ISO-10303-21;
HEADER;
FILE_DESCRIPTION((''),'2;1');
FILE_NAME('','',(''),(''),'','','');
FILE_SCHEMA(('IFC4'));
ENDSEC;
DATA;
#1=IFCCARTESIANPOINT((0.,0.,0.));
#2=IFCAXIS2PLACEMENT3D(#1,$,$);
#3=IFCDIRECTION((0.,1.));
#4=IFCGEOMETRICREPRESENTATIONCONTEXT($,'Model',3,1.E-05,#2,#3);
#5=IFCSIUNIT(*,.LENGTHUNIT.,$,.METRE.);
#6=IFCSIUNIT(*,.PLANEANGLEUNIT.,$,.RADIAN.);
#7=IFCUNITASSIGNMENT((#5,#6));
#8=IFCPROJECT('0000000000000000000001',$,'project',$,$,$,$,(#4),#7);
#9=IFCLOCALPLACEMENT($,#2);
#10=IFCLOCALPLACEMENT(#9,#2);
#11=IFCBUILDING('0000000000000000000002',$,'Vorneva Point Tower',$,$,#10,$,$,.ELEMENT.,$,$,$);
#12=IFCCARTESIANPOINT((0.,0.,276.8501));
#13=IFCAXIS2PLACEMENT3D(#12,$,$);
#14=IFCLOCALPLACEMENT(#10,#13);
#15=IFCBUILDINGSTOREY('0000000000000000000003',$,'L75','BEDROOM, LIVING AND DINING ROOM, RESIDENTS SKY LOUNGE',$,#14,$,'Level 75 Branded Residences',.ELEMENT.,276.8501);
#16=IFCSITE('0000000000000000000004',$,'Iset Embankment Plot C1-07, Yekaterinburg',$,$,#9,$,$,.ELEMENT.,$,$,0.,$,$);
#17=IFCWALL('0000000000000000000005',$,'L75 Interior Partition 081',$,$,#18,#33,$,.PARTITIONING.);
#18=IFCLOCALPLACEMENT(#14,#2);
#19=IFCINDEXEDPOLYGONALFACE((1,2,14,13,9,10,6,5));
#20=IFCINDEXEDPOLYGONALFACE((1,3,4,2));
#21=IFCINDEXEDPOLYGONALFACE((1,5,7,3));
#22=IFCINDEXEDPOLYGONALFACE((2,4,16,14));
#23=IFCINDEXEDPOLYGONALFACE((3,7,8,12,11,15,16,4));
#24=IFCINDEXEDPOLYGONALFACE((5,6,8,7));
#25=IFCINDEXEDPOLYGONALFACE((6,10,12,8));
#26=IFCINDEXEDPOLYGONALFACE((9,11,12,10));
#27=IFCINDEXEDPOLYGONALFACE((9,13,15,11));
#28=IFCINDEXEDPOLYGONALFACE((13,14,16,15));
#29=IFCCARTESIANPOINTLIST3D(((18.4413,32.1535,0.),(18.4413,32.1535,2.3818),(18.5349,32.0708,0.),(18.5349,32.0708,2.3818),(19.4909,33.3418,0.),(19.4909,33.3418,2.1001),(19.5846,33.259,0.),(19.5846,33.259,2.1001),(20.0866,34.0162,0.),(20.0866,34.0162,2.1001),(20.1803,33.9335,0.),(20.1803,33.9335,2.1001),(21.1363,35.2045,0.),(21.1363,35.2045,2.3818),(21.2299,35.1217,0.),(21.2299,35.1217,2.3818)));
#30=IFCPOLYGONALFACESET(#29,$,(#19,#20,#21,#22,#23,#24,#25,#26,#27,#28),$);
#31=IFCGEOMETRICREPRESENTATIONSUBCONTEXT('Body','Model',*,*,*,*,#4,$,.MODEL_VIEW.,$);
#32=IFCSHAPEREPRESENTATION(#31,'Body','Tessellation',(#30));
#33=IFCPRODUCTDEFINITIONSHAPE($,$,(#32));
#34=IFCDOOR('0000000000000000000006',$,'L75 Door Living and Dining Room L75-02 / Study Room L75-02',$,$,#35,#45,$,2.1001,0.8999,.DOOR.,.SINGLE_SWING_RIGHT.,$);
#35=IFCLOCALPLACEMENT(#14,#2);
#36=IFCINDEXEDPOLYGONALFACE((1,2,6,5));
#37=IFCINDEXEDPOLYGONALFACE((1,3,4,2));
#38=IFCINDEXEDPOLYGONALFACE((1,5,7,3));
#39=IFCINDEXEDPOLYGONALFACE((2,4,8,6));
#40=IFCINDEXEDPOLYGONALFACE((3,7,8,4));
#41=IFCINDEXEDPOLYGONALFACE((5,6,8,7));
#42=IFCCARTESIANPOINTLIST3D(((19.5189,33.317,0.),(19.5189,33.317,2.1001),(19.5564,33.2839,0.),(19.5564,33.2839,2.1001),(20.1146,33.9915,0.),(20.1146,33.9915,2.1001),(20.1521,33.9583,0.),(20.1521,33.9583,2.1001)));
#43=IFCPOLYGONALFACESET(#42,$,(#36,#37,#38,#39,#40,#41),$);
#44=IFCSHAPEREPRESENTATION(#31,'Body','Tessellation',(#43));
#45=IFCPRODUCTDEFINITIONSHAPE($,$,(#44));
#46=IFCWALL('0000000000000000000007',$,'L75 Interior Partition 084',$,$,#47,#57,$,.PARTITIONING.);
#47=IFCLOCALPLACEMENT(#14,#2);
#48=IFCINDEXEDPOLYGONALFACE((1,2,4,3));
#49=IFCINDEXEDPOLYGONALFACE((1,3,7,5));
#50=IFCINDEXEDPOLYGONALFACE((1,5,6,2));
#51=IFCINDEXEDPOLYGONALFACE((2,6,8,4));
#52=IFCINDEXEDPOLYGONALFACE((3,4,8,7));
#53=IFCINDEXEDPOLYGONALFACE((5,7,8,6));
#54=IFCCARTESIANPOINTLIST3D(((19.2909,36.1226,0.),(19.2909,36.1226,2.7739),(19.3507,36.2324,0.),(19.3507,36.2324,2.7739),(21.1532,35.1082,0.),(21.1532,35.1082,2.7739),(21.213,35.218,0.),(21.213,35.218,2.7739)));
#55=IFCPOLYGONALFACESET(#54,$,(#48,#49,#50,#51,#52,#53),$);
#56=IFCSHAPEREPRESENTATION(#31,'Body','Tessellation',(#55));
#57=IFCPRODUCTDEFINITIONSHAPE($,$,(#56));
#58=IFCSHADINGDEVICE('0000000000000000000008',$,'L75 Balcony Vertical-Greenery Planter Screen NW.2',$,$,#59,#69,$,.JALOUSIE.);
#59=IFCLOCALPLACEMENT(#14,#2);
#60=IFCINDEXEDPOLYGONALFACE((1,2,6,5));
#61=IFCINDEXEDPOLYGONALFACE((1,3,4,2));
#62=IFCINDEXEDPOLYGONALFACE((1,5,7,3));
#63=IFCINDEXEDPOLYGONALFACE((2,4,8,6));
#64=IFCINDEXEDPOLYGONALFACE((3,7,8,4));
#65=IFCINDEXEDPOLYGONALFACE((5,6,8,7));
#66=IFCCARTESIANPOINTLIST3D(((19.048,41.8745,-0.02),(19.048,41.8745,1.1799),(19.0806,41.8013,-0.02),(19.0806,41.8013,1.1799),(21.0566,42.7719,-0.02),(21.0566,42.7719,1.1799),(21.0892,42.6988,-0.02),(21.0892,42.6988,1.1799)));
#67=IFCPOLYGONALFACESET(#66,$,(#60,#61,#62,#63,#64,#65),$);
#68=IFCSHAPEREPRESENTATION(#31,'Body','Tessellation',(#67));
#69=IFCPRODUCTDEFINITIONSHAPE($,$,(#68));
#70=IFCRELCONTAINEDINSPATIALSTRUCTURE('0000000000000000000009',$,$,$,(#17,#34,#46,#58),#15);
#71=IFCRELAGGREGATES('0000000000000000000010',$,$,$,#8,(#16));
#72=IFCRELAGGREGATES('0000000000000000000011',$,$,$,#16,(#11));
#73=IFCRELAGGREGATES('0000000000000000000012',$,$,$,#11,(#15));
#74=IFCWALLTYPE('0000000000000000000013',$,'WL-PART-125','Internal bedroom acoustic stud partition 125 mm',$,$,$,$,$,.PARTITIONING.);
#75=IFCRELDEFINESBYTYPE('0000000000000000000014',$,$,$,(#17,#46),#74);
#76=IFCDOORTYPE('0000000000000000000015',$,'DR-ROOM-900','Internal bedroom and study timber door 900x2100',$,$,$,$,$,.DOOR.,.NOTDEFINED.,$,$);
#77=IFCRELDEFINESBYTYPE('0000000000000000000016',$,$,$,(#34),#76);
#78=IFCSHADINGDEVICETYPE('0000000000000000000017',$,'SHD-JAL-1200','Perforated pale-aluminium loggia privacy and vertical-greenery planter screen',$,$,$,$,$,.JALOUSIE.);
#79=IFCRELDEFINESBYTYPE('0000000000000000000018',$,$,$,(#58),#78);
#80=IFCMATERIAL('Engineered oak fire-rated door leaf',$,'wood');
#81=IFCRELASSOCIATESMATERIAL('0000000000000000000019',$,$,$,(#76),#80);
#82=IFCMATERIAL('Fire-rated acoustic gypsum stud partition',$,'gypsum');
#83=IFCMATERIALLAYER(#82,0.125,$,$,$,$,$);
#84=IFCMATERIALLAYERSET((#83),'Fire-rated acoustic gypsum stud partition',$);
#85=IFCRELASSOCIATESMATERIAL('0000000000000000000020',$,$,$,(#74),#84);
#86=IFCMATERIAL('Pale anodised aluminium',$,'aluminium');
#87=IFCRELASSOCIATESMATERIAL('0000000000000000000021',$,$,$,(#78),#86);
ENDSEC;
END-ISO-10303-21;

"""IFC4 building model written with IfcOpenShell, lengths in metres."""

from ifc_helpers import new_model, si_unit, direction, frame, frame_2d, origin, origin_2d, place, context, subcontext, project, spatial, rectangle, extrude, material, layer, layer_set, type_object, element, fill, save


model = new_model("IFC4")

# Units and contexts
model_context = context("Model", 3, precision=1e-05, world=origin(), true_north=direction((0.0, 1.0)))
body_context = subcontext(model_context, "Body", "Model", "MODEL_VIEW")
ifc_project = project(units=[si_unit("LENGTHUNIT", "METRE"), si_unit("PLANEANGLEUNIT", "RADIAN")], contexts=[model_context])

# Site, building, storey
site_placement = place(None, origin())
site = spatial("IfcSite", under=ifc_project, at=site_placement, Name="Iset Embankment Plot C1-07, Yekaterinburg", CompositionType="ELEMENT", RefElevation=0.0)
building_placement = place(site_placement, origin())
building = spatial("IfcBuilding", under=site, at=building_placement, Name="Vorneva Point Tower", CompositionType="ELEMENT")
storey_placement = place(building_placement, frame((0.0, 0.0, 276.8501)))
storey = spatial("IfcBuildingStorey", under=building, at=storey_placement, Name="L75", Description="BEDROOM, LIVING AND DINING ROOM, RESIDENTS SKY LOUNGE", LongName="Level 75 Branded Residences", CompositionType="ELEMENT", Elevation=276.8501)

# Shared definitions
ifc_material_1 = material(Name="Pale anodised aluminium", Category="aluminium")

# Shared definitions
ifc_material_2 = material(Name="Fire-rated acoustic gypsum stud partition", Category="gypsum")

# Shared definitions
ifc_material_3 = material(Name="Engineered oak fire-rated door leaf", Category="wood")
door_type_1 = type_object("IfcDoorType", Name="DR-ROOM-900", Description="Internal bedroom and study timber door 900x2100", OperationType="NOTDEFINED", PredefinedType="DOOR", material=ifc_material_3)

# Wall, opening, door
ifc_layer_1 = layer(ifc_material_2, 0.125)
ifc_layer_set_1 = layer_set([ifc_layer_1], Name="Fire-rated acoustic gypsum stud partition")
wall_type_1 = type_object("IfcWallType", Name="WL-PART-125", Description="Internal bedroom acoustic stud partition 125 mm", PredefinedType="PARTITIONING", material=ifc_layer_set_1)
wall_1_placement = place(storey_placement, frame((21.1831, 35.1631, 0.0), z_axis=(0.0, 0.0, 1.0), x_axis=(-0.662034, -0.749474, 0.0)))
wall_1 = element("IfcWall", 1, at=wall_1_placement, inside=storey, type_object=wall_type_1, Name="L75 Interior Partition 081", PredefinedType="PARTITIONING", context=body_context, shape_type="SweptSolid", body=[
    extrude(rectangle(XDim=4.0708, YDim=0.125, at=frame_2d((2.0354, 0.0))), origin(), (0.0, 0.0, 1.0), 2.3818),
])
opening_1_placement = place(wall_1_placement, frame((1.5854, 0.0, 0.0)))
opening_1 = element("IfcOpeningElement", 2, at=opening_1_placement, cuts=wall_1, PredefinedType="OPENING", context=body_context, shape_type="SweptSolid", body=[
    extrude(rectangle(XDim=0.8999, YDim=2.1001, at=frame_2d((0.45, 1.05))), frame((0.0, 0.0774, 0.0), z_axis=(0.0, -1.0, 0.0), x_axis=(1.0, 0.0, 0.0)), (0.0, 0.0, 1.0), 0.1548),
])
door_1_placement = place(opening_1_placement, origin())
door_1 = element("IfcDoor", 3, at=door_1_placement, inside=storey, type_object=door_type_1, Name="L75 Door Living and Dining Room L75-02 / Study Room L75-02", OperationType="SINGLE_SWING_RIGHT", OverallHeight=2.1001, OverallWidth=0.8999, PredefinedType="DOOR", context=body_context, shape_type="SweptSolid", body=[
    extrude(rectangle(XDim=0.8999, YDim=2.1001, at=frame_2d((0.45, 1.05))), frame((0.0, 0.0249, 0.0), z_axis=(0.0, -1.0, 0.0), x_axis=(1.0, 0.0, 0.0)), (0.0, 0.0, 1.0), 0.05),
])
fill(opening_1, door_1)

# Wall
wall_2_placement = place(storey_placement, frame((19.3208, 36.1775, 0.0), z_axis=(0.0, 0.0, 1.0), x_axis=(0.878173, -0.478344, 0.0)))
element("IfcWall", 4, at=wall_2_placement, inside=storey, type_object=wall_type_1, Name="L75 Interior Partition 084", PredefinedType="PARTITIONING", context=body_context, shape_type="SweptSolid", body=[
    extrude(rectangle(XDim=2.1206, YDim=0.125, at=frame_2d((1.0603, 0.0))), origin(), (0.0, 0.0, 1.0), 2.7739),
])

# Shading device
shading_device_type = type_object("IfcShadingDeviceType", Name="SHD-JAL-1200", Description="Perforated pale-aluminium loggia privacy and vertical-greenery planter screen", PredefinedType="JALOUSIE", material=ifc_material_1)
shading_device_placement = place(storey_placement, frame((20.0686, 42.2866, -0.02), z_axis=(0.0, 0.0, 1.0), x_axis=(-0.913012, -0.407932, 0.0)))
element("IfcShadingDevice", 5, at=shading_device_placement, inside=storey, type_object=shading_device_type, Name="L75 Balcony Vertical-Greenery Planter Screen NW.2", PredefinedType="JALOUSIE", context=body_context, shape_type="SweptSolid", body=[
    extrude(rectangle(XDim=2.2, YDim=0.0801, at=origin_2d()), origin(), (0.0, 0.0, 1.0), 1.2),
])

save(model, "model.ifc")
